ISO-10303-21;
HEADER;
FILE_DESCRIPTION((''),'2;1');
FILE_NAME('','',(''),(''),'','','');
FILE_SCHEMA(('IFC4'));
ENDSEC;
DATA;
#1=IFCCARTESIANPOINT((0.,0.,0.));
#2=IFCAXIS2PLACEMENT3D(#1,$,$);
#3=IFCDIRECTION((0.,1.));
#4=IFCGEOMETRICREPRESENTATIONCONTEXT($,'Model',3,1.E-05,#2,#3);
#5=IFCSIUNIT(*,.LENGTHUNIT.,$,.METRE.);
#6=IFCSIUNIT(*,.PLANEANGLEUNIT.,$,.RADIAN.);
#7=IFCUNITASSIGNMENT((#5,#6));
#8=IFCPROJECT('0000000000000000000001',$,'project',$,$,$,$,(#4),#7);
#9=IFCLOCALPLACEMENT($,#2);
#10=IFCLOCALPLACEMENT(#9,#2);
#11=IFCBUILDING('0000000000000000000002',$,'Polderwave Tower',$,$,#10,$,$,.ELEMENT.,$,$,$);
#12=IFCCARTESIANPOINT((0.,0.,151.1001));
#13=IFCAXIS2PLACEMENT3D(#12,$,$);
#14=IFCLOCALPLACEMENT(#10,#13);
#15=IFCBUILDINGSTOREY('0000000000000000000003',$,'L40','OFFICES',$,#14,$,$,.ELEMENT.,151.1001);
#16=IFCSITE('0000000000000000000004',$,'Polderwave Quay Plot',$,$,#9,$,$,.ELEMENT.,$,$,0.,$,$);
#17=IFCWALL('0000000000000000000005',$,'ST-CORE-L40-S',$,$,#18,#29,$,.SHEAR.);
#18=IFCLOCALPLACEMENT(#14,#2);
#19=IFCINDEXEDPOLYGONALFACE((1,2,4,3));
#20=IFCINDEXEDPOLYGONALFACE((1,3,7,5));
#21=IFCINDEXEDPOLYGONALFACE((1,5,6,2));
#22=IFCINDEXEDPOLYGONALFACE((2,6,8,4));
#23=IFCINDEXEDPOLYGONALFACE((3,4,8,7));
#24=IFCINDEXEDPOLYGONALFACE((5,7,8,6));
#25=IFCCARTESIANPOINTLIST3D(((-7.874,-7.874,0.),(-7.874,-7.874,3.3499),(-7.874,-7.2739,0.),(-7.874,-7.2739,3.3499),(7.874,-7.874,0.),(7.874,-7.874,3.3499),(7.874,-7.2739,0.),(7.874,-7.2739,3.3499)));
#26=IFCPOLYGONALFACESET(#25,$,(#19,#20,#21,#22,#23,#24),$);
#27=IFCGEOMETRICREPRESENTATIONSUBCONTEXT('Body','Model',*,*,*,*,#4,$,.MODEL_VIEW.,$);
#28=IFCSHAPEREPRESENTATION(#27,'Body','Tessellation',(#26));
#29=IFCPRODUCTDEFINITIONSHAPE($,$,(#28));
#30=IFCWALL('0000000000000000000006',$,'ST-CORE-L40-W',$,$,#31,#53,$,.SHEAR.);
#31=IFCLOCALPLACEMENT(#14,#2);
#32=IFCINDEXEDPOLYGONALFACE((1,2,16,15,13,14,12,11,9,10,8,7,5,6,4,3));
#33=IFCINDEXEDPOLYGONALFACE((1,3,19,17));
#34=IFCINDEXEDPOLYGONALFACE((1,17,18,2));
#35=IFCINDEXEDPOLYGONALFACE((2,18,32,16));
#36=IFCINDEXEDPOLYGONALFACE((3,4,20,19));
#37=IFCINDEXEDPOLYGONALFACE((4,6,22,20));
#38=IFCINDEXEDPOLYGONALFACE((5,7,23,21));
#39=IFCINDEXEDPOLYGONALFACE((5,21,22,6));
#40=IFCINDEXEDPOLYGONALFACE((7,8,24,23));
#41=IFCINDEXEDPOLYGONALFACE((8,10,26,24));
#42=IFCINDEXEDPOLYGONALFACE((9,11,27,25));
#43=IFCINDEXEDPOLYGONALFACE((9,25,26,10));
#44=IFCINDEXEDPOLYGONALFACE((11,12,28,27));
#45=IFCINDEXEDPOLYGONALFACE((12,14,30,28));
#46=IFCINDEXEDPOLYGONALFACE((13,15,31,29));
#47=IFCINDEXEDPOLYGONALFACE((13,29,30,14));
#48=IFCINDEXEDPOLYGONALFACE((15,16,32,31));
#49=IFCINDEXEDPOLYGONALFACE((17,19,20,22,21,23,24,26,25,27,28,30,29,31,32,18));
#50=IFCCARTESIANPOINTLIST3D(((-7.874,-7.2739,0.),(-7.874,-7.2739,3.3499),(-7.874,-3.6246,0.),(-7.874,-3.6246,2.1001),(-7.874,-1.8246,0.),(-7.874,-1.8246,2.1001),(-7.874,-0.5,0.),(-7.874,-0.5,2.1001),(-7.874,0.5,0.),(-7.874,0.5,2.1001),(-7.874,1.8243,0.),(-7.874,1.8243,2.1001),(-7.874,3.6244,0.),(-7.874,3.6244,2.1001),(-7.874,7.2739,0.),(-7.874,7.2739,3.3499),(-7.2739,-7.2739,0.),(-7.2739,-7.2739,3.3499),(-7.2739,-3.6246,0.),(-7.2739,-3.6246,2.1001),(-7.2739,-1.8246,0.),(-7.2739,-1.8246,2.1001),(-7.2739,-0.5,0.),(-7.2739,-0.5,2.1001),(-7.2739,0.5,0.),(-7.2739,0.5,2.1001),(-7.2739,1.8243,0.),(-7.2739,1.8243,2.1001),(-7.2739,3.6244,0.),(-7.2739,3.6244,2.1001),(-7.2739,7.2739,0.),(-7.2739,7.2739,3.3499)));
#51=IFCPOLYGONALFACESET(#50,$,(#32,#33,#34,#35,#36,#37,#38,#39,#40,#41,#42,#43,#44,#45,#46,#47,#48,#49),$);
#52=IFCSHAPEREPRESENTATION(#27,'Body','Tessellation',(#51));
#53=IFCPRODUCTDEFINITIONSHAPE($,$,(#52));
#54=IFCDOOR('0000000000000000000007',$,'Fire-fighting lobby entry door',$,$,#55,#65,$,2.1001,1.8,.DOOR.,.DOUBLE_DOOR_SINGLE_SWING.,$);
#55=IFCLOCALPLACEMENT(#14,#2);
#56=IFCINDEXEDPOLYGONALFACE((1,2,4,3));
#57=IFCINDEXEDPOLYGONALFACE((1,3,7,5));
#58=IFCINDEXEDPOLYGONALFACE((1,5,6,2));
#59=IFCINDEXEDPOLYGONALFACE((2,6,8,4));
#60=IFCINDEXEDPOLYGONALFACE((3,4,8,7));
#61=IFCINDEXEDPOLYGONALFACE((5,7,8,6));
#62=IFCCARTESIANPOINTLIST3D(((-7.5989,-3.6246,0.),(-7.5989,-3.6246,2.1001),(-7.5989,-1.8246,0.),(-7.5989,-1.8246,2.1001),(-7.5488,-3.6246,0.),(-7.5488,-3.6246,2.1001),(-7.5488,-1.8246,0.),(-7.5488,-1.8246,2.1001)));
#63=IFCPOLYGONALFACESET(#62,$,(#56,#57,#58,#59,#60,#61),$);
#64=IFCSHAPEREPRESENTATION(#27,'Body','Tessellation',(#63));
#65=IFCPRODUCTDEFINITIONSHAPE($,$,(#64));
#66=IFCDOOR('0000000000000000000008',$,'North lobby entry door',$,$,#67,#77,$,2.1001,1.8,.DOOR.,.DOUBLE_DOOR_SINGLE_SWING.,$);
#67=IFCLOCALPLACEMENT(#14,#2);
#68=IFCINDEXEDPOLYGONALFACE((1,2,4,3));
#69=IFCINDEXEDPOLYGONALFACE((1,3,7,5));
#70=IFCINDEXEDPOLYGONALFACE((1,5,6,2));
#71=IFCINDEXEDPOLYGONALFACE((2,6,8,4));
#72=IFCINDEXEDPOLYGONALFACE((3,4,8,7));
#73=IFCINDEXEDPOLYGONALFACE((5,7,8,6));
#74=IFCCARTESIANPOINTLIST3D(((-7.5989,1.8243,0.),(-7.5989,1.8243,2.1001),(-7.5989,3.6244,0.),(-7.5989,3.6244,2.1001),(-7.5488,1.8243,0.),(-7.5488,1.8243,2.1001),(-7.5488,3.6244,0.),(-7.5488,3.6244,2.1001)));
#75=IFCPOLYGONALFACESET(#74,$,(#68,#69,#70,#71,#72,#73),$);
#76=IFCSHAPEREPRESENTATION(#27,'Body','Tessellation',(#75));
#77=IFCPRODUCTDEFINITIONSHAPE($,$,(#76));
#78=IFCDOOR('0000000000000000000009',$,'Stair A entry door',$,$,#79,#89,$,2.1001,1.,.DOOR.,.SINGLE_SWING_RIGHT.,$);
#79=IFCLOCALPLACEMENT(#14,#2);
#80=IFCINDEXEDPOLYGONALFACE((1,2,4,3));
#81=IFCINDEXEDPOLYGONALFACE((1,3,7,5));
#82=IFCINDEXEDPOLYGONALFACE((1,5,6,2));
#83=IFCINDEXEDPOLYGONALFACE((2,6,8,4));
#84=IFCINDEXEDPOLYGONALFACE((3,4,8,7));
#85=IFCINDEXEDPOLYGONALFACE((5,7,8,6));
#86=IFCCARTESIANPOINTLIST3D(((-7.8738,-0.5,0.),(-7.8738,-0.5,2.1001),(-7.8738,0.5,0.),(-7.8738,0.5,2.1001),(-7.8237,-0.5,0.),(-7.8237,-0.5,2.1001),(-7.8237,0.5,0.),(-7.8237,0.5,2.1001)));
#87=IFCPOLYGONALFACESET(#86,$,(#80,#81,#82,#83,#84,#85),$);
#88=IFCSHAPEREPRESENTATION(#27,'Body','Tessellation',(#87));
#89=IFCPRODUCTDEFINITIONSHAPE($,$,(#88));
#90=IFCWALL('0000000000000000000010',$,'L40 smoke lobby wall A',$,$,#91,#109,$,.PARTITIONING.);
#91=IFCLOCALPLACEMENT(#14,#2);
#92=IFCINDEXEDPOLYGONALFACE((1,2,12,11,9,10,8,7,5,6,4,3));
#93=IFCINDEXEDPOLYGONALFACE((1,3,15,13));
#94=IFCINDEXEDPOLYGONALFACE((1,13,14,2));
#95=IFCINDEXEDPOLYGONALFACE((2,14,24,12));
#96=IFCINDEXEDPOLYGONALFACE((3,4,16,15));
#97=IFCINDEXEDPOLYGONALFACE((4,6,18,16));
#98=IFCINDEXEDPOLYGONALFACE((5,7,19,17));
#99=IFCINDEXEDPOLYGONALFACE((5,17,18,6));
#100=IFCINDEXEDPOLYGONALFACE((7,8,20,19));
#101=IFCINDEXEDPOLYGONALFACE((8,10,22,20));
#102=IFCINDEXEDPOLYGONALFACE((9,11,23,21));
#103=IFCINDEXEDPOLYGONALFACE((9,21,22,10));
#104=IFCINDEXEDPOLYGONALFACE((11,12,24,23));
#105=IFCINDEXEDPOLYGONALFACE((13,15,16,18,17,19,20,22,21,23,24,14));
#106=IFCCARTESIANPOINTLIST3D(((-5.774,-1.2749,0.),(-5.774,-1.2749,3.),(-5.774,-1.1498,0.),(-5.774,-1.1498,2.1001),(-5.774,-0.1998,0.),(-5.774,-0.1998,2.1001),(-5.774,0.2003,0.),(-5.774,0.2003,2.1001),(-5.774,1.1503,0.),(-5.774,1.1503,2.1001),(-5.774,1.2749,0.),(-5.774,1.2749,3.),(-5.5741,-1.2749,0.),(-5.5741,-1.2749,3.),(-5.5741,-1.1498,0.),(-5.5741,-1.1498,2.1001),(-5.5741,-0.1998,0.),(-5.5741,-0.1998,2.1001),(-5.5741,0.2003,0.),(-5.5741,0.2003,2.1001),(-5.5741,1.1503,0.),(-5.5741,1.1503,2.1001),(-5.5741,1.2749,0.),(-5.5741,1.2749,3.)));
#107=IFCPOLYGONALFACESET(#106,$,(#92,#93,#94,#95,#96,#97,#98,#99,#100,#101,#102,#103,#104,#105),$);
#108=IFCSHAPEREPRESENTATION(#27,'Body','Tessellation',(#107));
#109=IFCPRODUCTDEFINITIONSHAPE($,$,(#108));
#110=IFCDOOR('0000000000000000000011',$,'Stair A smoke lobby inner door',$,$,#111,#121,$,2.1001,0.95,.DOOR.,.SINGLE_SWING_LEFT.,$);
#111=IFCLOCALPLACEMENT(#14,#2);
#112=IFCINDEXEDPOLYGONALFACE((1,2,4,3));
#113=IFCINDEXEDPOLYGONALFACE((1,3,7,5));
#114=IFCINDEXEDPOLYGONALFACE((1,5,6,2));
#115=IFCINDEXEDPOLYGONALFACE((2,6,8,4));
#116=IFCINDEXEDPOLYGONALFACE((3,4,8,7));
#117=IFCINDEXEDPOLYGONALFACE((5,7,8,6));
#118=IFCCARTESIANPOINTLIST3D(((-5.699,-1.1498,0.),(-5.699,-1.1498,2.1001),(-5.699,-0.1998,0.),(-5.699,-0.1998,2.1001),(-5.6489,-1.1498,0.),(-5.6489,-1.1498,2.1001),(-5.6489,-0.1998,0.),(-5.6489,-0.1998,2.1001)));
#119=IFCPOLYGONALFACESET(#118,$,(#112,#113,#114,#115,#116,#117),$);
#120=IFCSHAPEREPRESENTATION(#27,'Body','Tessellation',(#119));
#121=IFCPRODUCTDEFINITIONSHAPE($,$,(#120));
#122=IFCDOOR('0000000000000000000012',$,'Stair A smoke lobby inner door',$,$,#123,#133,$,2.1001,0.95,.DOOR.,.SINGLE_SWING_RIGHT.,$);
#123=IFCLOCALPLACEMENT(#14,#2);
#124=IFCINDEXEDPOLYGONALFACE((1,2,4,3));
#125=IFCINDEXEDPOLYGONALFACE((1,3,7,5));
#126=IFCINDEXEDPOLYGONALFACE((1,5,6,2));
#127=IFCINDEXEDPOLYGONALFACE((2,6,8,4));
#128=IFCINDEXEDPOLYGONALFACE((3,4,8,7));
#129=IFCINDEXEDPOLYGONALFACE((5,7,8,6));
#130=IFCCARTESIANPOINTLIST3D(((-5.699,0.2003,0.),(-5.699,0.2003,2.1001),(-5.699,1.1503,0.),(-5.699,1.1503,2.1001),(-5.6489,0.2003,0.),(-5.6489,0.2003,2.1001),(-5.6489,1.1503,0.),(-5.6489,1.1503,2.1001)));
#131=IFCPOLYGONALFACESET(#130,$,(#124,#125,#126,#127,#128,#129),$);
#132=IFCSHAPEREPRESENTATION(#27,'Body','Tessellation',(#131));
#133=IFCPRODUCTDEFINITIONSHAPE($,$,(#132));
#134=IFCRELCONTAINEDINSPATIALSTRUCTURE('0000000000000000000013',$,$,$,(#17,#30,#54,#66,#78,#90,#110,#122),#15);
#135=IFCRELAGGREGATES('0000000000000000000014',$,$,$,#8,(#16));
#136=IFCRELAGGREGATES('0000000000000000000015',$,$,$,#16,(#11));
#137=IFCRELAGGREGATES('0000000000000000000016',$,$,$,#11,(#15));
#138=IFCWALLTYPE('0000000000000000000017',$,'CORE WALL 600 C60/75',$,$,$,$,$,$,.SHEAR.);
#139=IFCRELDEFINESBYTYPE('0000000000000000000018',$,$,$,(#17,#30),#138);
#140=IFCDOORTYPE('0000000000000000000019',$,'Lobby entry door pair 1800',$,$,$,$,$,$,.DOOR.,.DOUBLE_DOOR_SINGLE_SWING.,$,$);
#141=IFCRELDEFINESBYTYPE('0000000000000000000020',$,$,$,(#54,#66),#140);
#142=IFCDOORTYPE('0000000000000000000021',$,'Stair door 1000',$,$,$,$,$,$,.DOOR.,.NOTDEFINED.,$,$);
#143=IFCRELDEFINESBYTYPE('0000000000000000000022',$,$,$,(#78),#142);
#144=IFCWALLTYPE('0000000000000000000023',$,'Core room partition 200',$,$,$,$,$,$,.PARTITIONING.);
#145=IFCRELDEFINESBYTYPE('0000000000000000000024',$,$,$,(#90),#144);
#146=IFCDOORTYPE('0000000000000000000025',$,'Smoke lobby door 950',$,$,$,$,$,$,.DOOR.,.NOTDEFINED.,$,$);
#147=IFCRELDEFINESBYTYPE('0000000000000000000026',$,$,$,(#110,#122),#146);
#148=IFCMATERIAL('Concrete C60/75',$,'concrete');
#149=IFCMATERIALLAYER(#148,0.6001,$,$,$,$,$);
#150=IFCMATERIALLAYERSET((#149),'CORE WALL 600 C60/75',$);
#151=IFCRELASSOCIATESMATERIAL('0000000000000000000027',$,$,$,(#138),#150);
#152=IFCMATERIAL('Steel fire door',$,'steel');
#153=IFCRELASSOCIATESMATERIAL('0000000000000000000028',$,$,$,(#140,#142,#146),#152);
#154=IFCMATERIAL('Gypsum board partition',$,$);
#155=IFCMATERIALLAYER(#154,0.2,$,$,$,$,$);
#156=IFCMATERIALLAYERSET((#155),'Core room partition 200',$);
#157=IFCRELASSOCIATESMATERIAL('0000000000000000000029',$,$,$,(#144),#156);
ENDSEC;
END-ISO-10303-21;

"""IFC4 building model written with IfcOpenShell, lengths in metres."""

from ifc_helpers import new_model, si_unit, direction, frame, frame_2d, origin, place, context, subcontext, project, spatial, rectangle, extrude, material, layer, layer_set, type_object, element, fill, save


model = new_model("IFC4")

# Units and contexts
model_context = context("Model", 3, precision=1e-05, world=origin(), true_north=direction((0.0, 1.0)))
body_context = subcontext(model_context, "Body", "Model", "MODEL_VIEW")
ifc_project = project(units=[si_unit("LENGTHUNIT", "METRE"), si_unit("PLANEANGLEUNIT", "RADIAN")], contexts=[model_context])

# Site, building, storey
site_placement = place(None, origin())
site = spatial("IfcSite", under=ifc_project, at=site_placement, Name="Polderwave Quay Plot", CompositionType="ELEMENT", RefElevation=0.0)
building_placement = place(site_placement, origin())
building = spatial("IfcBuilding", under=site, at=building_placement, Name="Polderwave Tower", CompositionType="ELEMENT")
storey_placement = place(building_placement, frame((0.0, 0.0, 151.1001)))
storey = spatial("IfcBuildingStorey", under=building, at=storey_placement, Name="L40", Description="OFFICES", CompositionType="ELEMENT", Elevation=151.1001)

# Wall
ifc_material_1 = material(Name="Concrete C60/75", Category="concrete")
ifc_layer_1 = layer(ifc_material_1, 0.6001)
ifc_layer_set_1 = layer_set([ifc_layer_1], Name="CORE WALL 600 C60/75")
wall_type_1 = type_object("IfcWallType", Name="CORE WALL 600 C60/75", PredefinedType="SHEAR", material=ifc_layer_set_1)
wall_1_placement = place(storey_placement, frame((-7.874, -7.574, 0.0), z_axis=(0.0, 0.0, 1.0), x_axis=(1.0, 0.0, 0.0)))
element("IfcWall", 1, at=wall_1_placement, inside=storey, type_object=wall_type_1, Name="ST-CORE-L40-S", PredefinedType="SHEAR", context=body_context, shape_type="SweptSolid", body=[
    extrude(rectangle(XDim=15.748, YDim=0.6001, at=frame_2d((7.874, 0.0))), origin(), (0.0, 0.0, 1.0), 3.3499),
])

# Walls, openings, doors
wall_2_placement = place(storey_placement, frame((-7.574, -7.2739, 0.0), z_axis=(0.0, 0.0, 1.0), x_axis=(0.0, 1.0, 0.0)))
wall_2 = element("IfcWall", 2, at=wall_2_placement, inside=storey, type_object=wall_type_1, Name="ST-CORE-L40-W", PredefinedType="SHEAR", context=body_context, shape_type="SweptSolid", body=[
    extrude(rectangle(XDim=14.5479, YDim=0.6001, at=frame_2d((7.2739, 0.0))), origin(), (0.0, 0.0, 1.0), 3.3499),
])
opening_1_placement = place(wall_2_placement, frame((6.7739, 0.0, 0.0)))
opening_1 = element("IfcOpeningElement", 3, at=opening_1_placement, cuts=wall_2, PredefinedType="OPENING", context=body_context, shape_type="SweptSolid", body=[
    extrude(rectangle(XDim=1.0, YDim=2.1001, at=frame_2d((0.5, 1.05))), frame((0.0, 0.3101, 0.0), z_axis=(0.0, -1.0, 0.0), x_axis=(1.0, 0.0, 0.0)), (0.0, 0.0, 1.0), 0.6201),
])
opening_2_placement = place(wall_2_placement, frame((3.6494, 0.0, 0.0)))
opening_2 = element("IfcOpeningElement", 4, at=opening_2_placement, cuts=wall_2, PredefinedType="OPENING", context=body_context, shape_type="SweptSolid", body=[
    extrude(rectangle(XDim=1.8, YDim=2.1001, at=frame_2d((0.8999, 1.05))), frame((0.0, 0.3101, 0.0), z_axis=(0.0, -1.0, 0.0), x_axis=(1.0, 0.0, 0.0)), (0.0, 0.0, 1.0), 0.6201),
])
opening_3_placement = place(wall_2_placement, frame((9.0984, 0.0, 0.0)))
opening_3 = element("IfcOpeningElement", 5, at=opening_3_placement, cuts=wall_2, PredefinedType="OPENING", context=body_context, shape_type="SweptSolid", body=[
    extrude(rectangle(XDim=1.8, YDim=2.1001, at=frame_2d((0.8999, 1.05))), frame((0.0, 0.3101, 0.0), z_axis=(0.0, -1.0, 0.0), x_axis=(1.0, 0.0, 0.0)), (0.0, 0.0, 1.0), 0.6201),
])
ifc_material_2 = material(Name="Steel fire door", Category="steel")
door_type_1 = type_object("IfcDoorType", Name="Lobby entry door pair 1800", OperationType="DOUBLE_DOOR_SINGLE_SWING", PredefinedType="DOOR", material=ifc_material_2)
door_1_placement = place(opening_2_placement, origin())
door_1 = element("IfcDoor", 6, at=door_1_placement, inside=storey, type_object=door_type_1, Name="Fire-fighting lobby entry door", OperationType="DOUBLE_DOOR_SINGLE_SWING", OverallHeight=2.1001, OverallWidth=1.8, PredefinedType="DOOR", context=body_context, shape_type="SweptSolid", body=[
    extrude(rectangle(XDim=1.8, YDim=2.1001, at=frame_2d((0.8999, 1.05))), frame((0.0, 0.0249, 0.0), z_axis=(0.0, -1.0, 0.0), x_axis=(1.0, 0.0, 0.0)), (0.0, 0.0, 1.0), 0.05),
])
fill(opening_2, door_1)
door_2_placement = place(opening_3_placement, origin())
door_2 = element("IfcDoor", 7, at=door_2_placement, inside=storey, type_object=door_type_1, Name="North lobby entry door", OperationType="DOUBLE_DOOR_SINGLE_SWING", OverallHeight=2.1001, OverallWidth=1.8, PredefinedType="DOOR", context=body_context, shape_type="SweptSolid", body=[
    extrude(rectangle(XDim=1.8, YDim=2.1001, at=frame_2d((0.8999, 1.05))), frame((0.0, 0.0249, 0.0), z_axis=(0.0, -1.0, 0.0), x_axis=(1.0, 0.0, 0.0)), (0.0, 0.0, 1.0), 0.05),
])
fill(opening_3, door_2)
door_type_2 = type_object("IfcDoorType", Name="Stair door 1000", OperationType="NOTDEFINED", PredefinedType="DOOR", material=ifc_material_2)
door_3_placement = place(opening_1_placement, origin())
door_3 = element("IfcDoor", 8, at=door_3_placement, inside=storey, type_object=door_type_2, Name="Stair A entry door", OperationType="SINGLE_SWING_RIGHT", OverallHeight=2.1001, OverallWidth=1.0, PredefinedType="DOOR", context=body_context, shape_type="SweptSolid", body=[
    extrude(rectangle(XDim=1.0, YDim=2.1001, at=frame_2d((0.5, 1.05))), frame((0.0, 0.2998, 0.0), z_axis=(0.0, -1.0, 0.0), x_axis=(1.0, 0.0, 0.0)), (0.0, 0.0, 1.0), 0.05),
])
fill(opening_1, door_3)
ifc_material_3 = material(Name="Gypsum board partition")
ifc_layer_2 = layer(ifc_material_3, 0.2)
ifc_layer_set_2 = layer_set([ifc_layer_2], Name="Core room partition 200")
wall_type_2 = type_object("IfcWallType", Name="Core room partition 200", PredefinedType="PARTITIONING", material=ifc_layer_set_2)
wall_3_placement = place(storey_placement, frame((-5.6741, -1.2749, 0.0), z_axis=(0.0, 0.0, 1.0), x_axis=(0.0, 1.0, 0.0)))
wall_3 = element("IfcWall", 9, at=wall_3_placement, inside=storey, type_object=wall_type_2, Name="L40 smoke lobby wall A", PredefinedType="PARTITIONING", context=body_context, shape_type="SweptSolid", body=[
    extrude(rectangle(XDim=2.5498, YDim=0.2, at=frame_2d((1.2749, 0.0))), origin(), (0.0, 0.0, 1.0), 3.0),
])
opening_4_placement = place(wall_3_placement, frame((0.125, 0.0, 0.0)))
opening_4 = element("IfcOpeningElement", 10, at=opening_4_placement, cuts=wall_3, PredefinedType="OPENING", context=body_context, shape_type="SweptSolid", body=[
    extrude(rectangle(XDim=0.95, YDim=2.1001, at=frame_2d((0.4751, 1.05))), frame((0.0, 0.1099, 0.0), z_axis=(0.0, -1.0, 0.0), x_axis=(1.0, 0.0, 0.0)), (0.0, 0.0, 1.0), 0.22),
])
opening_5_placement = place(wall_3_placement, frame((1.4751, 0.0, 0.0)))
opening_5 = element("IfcOpeningElement", 11, at=opening_5_placement, cuts=wall_3, PredefinedType="OPENING", context=body_context, shape_type="SweptSolid", body=[
    extrude(rectangle(XDim=0.95, YDim=2.1001, at=frame_2d((0.4751, 1.05))), frame((0.0, 0.1099, 0.0), z_axis=(0.0, -1.0, 0.0), x_axis=(1.0, 0.0, 0.0)), (0.0, 0.0, 1.0), 0.22),
])
door_type_3 = type_object("IfcDoorType", Name="Smoke lobby door 950", OperationType="NOTDEFINED", PredefinedType="DOOR", material=ifc_material_2)
door_4_placement = place(opening_4_placement, origin())
door_4 = element("IfcDoor", 12, at=door_4_placement, inside=storey, type_object=door_type_3, Name="Stair A smoke lobby inner door", OperationType="SINGLE_SWING_LEFT", OverallHeight=2.1001, OverallWidth=0.95, PredefinedType="DOOR", context=body_context, shape_type="SweptSolid", body=[
    extrude(rectangle(XDim=0.95, YDim=2.1001, at=frame_2d((0.4751, 1.05))), frame((0.0, 0.0249, 0.0), z_axis=(0.0, -1.0, 0.0), x_axis=(1.0, 0.0, 0.0)), (0.0, 0.0, 1.0), 0.05),
])
fill(opening_4, door_4)
door_5_placement = place(opening_5_placement, origin())
door_5 = element("IfcDoor", 13, at=door_5_placement, inside=storey, type_object=door_type_3, Name="Stair A smoke lobby inner door", OperationType="SINGLE_SWING_RIGHT", OverallHeight=2.1001, OverallWidth=0.95, PredefinedType="DOOR", context=body_context, shape_type="SweptSolid", body=[
    extrude(rectangle(XDim=0.95, YDim=2.1001, at=frame_2d((0.4751, 1.05))), frame((0.0, 0.0249, 0.0), z_axis=(0.0, -1.0, 0.0), x_axis=(1.0, 0.0, 0.0)), (0.0, 0.0, 1.0), 0.05),
])
fill(opening_5, door_5)

save(model, "model.ifc")
